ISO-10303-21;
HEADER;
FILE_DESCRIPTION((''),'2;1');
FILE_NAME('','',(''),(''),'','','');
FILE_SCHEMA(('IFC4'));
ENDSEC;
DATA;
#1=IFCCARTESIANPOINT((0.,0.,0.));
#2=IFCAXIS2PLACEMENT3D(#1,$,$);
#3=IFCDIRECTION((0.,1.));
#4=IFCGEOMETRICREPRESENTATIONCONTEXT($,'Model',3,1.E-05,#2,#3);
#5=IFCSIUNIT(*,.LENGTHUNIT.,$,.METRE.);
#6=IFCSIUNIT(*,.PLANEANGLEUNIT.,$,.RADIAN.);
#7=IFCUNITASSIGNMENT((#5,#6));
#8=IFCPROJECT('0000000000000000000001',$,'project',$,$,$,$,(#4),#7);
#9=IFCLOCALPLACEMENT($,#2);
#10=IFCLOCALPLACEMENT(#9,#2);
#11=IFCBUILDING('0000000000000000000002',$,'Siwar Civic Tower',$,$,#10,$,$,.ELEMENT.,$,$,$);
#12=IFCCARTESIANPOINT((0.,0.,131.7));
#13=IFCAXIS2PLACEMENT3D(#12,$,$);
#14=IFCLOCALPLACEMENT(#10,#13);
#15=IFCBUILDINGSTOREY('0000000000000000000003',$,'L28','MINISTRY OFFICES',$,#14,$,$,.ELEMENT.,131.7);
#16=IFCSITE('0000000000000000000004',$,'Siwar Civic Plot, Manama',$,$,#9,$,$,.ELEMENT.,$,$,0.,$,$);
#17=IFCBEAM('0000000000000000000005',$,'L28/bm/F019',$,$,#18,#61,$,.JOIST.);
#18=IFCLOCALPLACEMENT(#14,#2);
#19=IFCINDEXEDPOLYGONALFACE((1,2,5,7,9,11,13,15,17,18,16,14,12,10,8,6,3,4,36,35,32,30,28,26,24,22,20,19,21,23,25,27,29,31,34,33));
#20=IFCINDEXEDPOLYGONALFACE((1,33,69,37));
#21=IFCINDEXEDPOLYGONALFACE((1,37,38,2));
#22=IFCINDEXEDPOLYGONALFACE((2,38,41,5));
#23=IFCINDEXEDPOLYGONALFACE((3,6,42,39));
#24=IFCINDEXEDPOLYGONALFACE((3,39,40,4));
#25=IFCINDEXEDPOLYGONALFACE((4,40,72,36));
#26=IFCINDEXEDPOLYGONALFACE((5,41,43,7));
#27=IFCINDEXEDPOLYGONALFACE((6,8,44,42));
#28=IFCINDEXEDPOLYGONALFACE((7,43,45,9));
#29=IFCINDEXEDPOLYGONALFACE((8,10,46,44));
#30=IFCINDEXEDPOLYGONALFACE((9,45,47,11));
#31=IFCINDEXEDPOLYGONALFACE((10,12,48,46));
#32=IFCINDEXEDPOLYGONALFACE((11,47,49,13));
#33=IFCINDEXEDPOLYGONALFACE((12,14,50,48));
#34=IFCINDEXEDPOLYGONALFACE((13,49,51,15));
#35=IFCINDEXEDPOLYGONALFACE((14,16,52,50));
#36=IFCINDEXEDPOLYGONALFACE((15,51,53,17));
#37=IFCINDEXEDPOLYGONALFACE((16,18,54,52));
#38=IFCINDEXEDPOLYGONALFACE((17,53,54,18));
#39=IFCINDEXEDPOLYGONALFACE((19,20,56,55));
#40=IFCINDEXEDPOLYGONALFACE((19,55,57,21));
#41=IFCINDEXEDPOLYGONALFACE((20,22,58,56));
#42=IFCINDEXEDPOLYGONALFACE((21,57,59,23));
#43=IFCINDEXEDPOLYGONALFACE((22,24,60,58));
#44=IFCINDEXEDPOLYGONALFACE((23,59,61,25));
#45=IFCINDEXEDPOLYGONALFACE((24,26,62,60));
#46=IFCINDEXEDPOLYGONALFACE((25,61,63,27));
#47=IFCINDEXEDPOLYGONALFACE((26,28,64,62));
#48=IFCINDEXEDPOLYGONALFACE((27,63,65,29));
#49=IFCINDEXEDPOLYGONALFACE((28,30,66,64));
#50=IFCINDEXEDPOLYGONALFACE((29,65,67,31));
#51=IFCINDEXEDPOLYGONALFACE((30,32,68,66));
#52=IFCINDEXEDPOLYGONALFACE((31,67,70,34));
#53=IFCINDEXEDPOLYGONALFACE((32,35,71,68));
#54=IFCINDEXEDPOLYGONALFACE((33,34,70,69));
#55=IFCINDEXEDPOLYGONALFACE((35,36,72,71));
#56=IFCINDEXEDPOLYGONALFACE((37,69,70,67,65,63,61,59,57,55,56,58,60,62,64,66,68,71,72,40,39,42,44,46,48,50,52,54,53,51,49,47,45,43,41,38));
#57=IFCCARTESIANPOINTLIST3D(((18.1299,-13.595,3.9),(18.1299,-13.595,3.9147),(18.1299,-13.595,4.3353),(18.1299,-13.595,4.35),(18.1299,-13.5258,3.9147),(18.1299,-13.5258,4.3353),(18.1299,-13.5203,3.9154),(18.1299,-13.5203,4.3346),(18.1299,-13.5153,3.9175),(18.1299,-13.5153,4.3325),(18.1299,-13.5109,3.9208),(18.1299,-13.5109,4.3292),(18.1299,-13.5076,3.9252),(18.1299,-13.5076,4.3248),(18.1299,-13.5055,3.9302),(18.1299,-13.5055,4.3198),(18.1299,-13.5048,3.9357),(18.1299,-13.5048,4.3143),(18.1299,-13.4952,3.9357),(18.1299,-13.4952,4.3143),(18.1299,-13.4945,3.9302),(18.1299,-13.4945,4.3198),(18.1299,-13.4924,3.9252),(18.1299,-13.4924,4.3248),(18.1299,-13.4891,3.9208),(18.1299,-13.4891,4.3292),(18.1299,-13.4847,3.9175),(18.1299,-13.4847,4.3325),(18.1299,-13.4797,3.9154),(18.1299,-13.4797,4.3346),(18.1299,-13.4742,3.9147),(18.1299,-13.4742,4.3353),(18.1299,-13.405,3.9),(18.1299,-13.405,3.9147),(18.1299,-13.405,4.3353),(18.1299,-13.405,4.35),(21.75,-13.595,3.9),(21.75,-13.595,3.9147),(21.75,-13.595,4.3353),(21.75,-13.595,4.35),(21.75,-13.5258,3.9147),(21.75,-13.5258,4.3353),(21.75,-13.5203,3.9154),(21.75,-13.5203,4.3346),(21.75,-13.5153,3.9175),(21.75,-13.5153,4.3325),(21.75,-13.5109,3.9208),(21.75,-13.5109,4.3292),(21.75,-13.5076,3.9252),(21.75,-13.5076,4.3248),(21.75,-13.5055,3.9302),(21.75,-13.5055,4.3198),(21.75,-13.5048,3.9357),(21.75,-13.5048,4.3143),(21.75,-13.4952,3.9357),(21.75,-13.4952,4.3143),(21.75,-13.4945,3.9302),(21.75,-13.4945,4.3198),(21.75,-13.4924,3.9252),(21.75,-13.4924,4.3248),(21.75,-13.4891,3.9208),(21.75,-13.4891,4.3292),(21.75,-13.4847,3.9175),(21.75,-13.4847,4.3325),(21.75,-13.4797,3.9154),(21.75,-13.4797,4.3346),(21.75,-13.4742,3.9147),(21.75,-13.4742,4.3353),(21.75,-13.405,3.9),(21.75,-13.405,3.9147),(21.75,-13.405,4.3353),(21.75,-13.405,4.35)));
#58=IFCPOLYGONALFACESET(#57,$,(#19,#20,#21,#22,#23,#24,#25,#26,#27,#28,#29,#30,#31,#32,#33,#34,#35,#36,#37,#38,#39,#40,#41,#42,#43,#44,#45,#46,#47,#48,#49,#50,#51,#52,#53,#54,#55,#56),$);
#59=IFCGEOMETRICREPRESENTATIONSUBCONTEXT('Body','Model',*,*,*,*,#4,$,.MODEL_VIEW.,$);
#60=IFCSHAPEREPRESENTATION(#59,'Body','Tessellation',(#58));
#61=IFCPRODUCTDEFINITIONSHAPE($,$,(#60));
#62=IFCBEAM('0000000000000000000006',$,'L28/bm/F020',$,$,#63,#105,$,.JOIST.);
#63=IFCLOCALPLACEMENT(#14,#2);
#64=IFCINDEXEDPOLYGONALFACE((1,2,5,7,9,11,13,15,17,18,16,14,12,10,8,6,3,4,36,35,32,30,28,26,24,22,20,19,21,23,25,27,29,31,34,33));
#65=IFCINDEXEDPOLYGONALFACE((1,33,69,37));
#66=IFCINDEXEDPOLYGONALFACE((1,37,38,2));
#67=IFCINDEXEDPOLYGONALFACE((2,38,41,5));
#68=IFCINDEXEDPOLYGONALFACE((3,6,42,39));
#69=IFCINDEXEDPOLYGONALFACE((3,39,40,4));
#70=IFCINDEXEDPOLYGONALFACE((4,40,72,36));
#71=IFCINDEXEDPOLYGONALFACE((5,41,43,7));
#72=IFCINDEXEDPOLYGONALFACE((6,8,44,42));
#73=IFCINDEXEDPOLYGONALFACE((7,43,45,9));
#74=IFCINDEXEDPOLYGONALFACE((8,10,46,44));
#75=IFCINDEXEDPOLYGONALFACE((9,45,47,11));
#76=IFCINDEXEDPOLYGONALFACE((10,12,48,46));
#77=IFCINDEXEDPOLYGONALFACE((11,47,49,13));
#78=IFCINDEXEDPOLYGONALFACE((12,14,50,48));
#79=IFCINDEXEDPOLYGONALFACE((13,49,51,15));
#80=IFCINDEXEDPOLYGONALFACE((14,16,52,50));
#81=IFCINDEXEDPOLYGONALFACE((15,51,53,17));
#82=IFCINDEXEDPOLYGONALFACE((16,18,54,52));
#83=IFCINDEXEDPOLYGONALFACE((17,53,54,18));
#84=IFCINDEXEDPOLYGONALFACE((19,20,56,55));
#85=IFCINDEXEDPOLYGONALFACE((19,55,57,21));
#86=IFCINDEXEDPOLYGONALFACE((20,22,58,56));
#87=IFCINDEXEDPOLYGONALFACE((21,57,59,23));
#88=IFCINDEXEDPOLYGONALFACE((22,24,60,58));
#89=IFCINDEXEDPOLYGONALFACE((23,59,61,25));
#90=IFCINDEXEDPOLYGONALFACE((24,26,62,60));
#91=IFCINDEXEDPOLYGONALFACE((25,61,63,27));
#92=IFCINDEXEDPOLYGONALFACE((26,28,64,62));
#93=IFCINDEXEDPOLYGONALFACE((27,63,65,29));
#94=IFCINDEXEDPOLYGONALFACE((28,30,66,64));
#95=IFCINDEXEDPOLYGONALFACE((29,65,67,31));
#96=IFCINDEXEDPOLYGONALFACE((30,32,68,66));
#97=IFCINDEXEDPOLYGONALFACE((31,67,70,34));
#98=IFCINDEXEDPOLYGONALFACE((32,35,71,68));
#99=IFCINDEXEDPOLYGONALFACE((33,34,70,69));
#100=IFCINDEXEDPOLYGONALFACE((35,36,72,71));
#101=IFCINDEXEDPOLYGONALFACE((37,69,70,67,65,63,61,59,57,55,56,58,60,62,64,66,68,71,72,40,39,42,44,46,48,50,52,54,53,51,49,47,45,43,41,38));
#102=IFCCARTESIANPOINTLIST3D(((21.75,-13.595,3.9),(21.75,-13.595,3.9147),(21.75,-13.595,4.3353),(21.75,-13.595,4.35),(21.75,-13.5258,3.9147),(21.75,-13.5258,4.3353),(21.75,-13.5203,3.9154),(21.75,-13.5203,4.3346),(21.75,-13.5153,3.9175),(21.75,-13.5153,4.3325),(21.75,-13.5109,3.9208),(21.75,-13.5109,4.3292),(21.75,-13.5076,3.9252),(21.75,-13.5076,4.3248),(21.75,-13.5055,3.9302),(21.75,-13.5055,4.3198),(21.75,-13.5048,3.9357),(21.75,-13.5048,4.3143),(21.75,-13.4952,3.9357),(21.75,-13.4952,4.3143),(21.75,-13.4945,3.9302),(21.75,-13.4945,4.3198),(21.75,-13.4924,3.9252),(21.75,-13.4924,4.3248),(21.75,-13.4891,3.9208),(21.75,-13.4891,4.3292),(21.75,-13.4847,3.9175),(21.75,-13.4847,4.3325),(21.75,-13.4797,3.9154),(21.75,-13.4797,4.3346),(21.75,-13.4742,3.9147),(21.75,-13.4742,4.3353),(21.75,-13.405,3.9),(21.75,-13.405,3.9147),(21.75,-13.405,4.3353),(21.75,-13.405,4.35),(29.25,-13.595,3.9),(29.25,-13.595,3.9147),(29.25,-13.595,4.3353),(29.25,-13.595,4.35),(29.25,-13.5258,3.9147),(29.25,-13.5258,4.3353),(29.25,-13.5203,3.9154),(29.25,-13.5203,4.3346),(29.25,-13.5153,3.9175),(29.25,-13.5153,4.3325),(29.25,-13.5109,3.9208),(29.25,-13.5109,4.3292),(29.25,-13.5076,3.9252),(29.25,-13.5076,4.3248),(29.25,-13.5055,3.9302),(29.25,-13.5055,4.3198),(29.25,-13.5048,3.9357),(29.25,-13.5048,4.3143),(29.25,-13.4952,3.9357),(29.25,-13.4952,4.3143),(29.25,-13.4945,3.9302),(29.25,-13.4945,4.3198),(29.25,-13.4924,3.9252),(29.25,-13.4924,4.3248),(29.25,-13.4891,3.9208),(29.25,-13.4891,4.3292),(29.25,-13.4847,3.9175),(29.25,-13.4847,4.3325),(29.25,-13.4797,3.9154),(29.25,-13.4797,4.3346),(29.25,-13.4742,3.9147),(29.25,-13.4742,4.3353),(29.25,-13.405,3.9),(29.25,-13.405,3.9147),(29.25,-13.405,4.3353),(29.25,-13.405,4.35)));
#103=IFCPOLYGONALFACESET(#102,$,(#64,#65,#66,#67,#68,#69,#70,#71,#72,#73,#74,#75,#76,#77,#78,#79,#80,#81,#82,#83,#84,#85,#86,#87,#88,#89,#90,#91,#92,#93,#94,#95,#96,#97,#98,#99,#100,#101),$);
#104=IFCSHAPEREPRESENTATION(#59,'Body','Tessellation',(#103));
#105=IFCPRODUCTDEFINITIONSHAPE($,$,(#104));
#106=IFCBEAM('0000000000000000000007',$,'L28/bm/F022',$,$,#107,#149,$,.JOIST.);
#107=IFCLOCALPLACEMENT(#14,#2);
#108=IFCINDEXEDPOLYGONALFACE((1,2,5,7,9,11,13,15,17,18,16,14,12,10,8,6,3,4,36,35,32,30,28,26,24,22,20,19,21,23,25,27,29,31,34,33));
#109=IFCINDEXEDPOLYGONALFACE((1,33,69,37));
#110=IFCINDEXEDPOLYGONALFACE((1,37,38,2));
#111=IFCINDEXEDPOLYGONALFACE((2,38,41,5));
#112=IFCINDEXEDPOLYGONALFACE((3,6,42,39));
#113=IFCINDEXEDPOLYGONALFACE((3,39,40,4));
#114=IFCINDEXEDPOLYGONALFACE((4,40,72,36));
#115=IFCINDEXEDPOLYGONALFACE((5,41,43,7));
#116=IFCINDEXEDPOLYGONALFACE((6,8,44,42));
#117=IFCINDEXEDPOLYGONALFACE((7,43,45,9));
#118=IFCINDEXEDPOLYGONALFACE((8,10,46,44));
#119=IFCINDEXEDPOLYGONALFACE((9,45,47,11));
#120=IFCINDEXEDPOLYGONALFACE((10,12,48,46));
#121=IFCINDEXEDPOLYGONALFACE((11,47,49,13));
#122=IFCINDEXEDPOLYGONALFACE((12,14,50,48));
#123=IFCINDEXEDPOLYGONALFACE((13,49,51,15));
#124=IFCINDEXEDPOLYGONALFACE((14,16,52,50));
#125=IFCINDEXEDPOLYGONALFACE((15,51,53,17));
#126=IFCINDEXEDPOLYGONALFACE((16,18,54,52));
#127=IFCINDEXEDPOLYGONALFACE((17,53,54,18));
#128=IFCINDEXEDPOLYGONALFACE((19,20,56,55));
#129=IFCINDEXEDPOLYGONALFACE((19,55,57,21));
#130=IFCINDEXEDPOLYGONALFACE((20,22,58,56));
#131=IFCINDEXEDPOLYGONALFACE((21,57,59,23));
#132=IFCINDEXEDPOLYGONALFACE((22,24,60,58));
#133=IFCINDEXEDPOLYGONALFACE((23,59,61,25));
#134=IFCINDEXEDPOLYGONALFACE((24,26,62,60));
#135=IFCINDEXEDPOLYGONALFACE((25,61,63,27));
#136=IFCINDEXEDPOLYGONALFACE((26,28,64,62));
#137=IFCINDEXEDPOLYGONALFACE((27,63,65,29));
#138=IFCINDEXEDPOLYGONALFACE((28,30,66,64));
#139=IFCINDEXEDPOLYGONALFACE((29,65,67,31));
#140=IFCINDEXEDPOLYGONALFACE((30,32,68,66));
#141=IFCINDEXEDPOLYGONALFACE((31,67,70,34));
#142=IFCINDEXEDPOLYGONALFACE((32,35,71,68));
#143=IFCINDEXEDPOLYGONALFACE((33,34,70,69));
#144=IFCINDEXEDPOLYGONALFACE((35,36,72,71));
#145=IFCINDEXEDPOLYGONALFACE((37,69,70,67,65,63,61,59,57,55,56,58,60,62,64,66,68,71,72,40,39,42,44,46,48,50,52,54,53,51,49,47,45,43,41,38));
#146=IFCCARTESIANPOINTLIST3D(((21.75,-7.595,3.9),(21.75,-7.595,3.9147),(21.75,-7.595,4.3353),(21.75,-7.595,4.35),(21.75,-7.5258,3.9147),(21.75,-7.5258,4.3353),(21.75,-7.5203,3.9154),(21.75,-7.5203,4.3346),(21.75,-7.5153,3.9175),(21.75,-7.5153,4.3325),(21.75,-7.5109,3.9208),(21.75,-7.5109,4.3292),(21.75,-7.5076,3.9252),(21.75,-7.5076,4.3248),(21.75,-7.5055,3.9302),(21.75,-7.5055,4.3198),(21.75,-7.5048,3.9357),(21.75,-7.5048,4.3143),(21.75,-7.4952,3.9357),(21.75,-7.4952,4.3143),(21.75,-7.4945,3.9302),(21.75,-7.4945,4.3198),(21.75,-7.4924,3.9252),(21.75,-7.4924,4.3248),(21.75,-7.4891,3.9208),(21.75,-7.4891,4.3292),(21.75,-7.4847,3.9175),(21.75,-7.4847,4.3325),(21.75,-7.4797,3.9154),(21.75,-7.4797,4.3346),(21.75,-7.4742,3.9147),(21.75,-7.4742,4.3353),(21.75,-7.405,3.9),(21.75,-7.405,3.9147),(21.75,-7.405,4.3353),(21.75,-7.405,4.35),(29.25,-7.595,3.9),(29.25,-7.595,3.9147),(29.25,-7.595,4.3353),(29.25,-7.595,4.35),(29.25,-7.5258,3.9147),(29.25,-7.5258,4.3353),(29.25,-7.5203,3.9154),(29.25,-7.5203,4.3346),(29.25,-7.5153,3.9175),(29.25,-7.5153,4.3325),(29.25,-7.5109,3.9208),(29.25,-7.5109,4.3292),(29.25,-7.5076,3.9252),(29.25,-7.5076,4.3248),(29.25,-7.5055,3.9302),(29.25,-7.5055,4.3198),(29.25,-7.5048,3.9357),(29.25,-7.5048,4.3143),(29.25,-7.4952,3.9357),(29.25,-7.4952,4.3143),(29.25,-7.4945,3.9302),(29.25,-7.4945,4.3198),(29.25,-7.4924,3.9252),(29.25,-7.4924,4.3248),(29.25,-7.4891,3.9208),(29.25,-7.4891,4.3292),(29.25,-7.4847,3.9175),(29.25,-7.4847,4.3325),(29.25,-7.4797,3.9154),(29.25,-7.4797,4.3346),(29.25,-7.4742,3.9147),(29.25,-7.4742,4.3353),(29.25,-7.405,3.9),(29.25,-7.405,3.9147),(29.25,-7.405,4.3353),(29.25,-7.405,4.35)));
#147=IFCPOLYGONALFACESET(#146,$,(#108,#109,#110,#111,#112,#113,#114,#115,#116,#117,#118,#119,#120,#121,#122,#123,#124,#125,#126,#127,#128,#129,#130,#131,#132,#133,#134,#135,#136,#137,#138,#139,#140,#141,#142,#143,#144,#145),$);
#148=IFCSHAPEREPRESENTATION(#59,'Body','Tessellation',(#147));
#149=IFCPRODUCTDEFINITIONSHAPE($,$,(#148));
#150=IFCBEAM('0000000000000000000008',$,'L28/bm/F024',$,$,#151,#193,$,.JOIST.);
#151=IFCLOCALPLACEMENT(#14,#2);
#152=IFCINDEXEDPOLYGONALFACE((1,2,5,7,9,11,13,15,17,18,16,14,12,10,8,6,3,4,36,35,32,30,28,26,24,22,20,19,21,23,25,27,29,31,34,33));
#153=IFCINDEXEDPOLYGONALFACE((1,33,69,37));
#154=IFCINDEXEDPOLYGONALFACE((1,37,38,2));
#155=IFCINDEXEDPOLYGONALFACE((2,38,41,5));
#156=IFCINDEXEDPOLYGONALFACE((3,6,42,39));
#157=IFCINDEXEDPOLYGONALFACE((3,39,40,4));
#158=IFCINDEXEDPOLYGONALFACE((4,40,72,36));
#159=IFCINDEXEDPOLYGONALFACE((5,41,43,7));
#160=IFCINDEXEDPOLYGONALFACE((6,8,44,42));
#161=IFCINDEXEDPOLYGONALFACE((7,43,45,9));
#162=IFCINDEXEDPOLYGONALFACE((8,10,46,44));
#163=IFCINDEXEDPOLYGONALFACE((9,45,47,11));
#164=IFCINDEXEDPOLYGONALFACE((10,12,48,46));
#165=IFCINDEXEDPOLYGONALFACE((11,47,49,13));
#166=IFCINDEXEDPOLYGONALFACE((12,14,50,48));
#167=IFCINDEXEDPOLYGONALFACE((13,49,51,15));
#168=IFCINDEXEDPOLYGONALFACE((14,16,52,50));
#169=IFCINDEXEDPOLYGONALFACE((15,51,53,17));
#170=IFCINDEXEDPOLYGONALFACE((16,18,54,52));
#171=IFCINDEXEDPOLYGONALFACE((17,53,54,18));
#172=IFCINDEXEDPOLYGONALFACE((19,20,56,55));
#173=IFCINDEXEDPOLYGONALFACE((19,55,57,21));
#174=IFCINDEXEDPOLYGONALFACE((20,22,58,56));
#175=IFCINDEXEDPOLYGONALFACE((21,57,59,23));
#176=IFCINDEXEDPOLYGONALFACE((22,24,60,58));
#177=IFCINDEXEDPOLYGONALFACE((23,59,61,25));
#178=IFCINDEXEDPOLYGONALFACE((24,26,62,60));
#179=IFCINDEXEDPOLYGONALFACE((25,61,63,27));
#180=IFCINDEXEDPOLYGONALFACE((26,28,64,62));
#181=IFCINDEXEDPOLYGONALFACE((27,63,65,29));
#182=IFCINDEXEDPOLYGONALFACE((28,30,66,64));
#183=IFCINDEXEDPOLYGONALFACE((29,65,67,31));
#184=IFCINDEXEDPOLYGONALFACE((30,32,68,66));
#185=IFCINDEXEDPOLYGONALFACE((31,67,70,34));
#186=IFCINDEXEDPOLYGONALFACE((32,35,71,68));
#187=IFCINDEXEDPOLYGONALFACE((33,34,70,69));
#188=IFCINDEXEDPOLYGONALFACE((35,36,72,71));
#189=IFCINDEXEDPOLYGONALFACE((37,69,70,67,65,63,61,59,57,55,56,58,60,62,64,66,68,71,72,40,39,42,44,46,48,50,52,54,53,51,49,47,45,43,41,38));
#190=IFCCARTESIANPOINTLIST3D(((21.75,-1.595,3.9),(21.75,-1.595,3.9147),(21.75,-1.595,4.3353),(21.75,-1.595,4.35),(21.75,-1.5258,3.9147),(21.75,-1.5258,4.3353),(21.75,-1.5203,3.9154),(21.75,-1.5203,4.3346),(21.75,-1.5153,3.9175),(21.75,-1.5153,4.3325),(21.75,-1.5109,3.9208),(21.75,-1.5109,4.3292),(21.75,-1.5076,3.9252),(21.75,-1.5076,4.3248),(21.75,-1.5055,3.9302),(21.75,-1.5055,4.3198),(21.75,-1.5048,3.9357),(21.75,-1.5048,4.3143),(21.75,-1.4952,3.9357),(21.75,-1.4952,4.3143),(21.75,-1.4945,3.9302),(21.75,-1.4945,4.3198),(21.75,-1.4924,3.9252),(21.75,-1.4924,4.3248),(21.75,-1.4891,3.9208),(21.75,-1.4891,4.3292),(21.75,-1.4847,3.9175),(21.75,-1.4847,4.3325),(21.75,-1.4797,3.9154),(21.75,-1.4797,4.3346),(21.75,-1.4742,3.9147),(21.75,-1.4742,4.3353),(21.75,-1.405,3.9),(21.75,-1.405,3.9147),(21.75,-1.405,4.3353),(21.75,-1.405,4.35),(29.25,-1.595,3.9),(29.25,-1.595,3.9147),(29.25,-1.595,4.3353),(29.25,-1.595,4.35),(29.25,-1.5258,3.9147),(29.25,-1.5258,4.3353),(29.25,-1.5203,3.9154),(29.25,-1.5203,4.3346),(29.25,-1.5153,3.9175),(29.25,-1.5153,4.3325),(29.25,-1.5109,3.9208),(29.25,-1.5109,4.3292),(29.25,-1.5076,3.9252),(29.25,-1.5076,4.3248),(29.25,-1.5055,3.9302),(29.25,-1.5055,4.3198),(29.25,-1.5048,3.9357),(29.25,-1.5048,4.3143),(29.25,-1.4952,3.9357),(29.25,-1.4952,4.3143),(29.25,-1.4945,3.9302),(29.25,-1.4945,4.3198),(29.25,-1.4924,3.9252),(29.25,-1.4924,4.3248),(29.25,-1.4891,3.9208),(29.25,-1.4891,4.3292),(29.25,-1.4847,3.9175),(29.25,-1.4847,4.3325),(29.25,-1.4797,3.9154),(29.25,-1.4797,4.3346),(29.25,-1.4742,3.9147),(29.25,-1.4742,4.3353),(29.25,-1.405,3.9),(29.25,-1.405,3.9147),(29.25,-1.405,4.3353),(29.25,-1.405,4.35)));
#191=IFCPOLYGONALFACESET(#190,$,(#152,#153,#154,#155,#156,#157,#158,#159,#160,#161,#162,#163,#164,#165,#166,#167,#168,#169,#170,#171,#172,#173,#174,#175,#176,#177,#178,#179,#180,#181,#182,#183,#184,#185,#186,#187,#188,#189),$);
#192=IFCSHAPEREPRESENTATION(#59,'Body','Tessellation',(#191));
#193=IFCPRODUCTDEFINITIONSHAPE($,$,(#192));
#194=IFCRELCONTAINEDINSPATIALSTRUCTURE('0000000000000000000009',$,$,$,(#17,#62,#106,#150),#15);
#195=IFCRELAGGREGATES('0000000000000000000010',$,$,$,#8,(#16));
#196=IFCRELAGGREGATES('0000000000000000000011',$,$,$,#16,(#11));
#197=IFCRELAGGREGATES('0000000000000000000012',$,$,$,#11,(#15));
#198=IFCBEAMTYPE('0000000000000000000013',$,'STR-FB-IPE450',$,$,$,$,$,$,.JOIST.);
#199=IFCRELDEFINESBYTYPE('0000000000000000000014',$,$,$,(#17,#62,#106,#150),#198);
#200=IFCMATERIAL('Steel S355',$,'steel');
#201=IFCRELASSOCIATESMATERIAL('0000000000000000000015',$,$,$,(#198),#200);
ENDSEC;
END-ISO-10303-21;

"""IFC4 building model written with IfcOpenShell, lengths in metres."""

from ifc_helpers import new_model, si_unit, direction, frame, origin, origin_2d, place, context, subcontext, project, spatial, i_section, extrude, material, material_profile, profile_set, type_object, element, save


model = new_model("IFC4")

# Units and contexts
model_context = context("Model", 3, precision=1e-05, world=origin(), true_north=direction((0.0, 1.0)))
body_context = subcontext(model_context, "Body", "Model", "MODEL_VIEW")
ifc_project = project(units=[si_unit("LENGTHUNIT", "METRE"), si_unit("PLANEANGLEUNIT", "RADIAN")], contexts=[model_context])

# Site, building, storey
site_placement = place(None, origin())
site = spatial("IfcSite", under=ifc_project, at=site_placement, Name="Siwar Civic Plot, Manama", CompositionType="ELEMENT", RefElevation=0.0)
building_placement = place(site_placement, origin())
building = spatial("IfcBuilding", under=site, at=building_placement, Name="Siwar Civic Tower", CompositionType="ELEMENT")
storey_placement = place(building_placement, frame((0.0, 0.0, 131.7)))
storey = spatial("IfcBuildingStorey", under=building, at=storey_placement, Name="L28", Description="MINISTRY OFFICES", CompositionType="ELEMENT", Elevation=131.7)

# Beams
ifc_material_1 = material(Name="Steel S355", Category="steel")
ifc_material_profile_1 = material_profile(ifc_material_1, i_section(OverallWidth=0.1899, OverallDepth=0.45, WebThickness=0.0095, FlangeThickness=0.0146, FilletRadius=0.021, at=origin_2d()), Name="IPE450")
ifc_profile_set_1 = profile_set([ifc_material_profile_1], Name="Steel S355")
beam_type_1 = type_object("IfcBeamType", Name="STR-FB-IPE450", PredefinedType="JOIST", material=ifc_profile_set_1)
beam_placement = place(storey_placement, frame((18.1299, -13.5, 4.125), z_axis=(1.0, 0.0, 0.0), x_axis=(0.0, 1.0, 0.0)))
element("IfcBeam", 1, at=beam_placement, inside=storey, type_object=beam_type_1, Name="L28/bm/F019", PredefinedType="JOIST", context=body_context, shape_type="SweptSolid", body=[
    extrude(i_section(OverallWidth=0.1899, OverallDepth=0.45, WebThickness=0.0095, FlangeThickness=0.0146, FilletRadius=0.021, at=origin_2d()), origin(), (0.0, 0.0, 1.0), 3.6201),
])
for number, where, z_axis, x_axis, name in (
    (2, (21.75, -13.5, 4.125), (1.0, 0.0, 0.0), (0.0, 1.0, 0.0), "L28/bm/F020"),
    (3, (21.75, -7.5, 4.125), (1.0, 0.0, 0.0), (0.0, 1.0, 0.0), "L28/bm/F022"),
    (4, (21.75, -1.5, 4.125), (1.0, 0.0, 0.0), (0.0, 1.0, 0.0), "L28/bm/F024"),
):
    element("IfcBeam", number, at=place(storey_placement, frame(where, z_axis=z_axis, x_axis=x_axis)), inside=storey, type_object=beam_type_1, Name=name, PredefinedType="JOIST", context=body_context, shape_type="SweptSolid", body=[
        extrude(i_section(OverallWidth=0.1899, OverallDepth=0.45, WebThickness=0.0095, FlangeThickness=0.0146, FilletRadius=0.021, at=origin_2d()), origin(), (0.0, 0.0, 1.0), 7.5),
    ])

save(model, "model.ifc")
